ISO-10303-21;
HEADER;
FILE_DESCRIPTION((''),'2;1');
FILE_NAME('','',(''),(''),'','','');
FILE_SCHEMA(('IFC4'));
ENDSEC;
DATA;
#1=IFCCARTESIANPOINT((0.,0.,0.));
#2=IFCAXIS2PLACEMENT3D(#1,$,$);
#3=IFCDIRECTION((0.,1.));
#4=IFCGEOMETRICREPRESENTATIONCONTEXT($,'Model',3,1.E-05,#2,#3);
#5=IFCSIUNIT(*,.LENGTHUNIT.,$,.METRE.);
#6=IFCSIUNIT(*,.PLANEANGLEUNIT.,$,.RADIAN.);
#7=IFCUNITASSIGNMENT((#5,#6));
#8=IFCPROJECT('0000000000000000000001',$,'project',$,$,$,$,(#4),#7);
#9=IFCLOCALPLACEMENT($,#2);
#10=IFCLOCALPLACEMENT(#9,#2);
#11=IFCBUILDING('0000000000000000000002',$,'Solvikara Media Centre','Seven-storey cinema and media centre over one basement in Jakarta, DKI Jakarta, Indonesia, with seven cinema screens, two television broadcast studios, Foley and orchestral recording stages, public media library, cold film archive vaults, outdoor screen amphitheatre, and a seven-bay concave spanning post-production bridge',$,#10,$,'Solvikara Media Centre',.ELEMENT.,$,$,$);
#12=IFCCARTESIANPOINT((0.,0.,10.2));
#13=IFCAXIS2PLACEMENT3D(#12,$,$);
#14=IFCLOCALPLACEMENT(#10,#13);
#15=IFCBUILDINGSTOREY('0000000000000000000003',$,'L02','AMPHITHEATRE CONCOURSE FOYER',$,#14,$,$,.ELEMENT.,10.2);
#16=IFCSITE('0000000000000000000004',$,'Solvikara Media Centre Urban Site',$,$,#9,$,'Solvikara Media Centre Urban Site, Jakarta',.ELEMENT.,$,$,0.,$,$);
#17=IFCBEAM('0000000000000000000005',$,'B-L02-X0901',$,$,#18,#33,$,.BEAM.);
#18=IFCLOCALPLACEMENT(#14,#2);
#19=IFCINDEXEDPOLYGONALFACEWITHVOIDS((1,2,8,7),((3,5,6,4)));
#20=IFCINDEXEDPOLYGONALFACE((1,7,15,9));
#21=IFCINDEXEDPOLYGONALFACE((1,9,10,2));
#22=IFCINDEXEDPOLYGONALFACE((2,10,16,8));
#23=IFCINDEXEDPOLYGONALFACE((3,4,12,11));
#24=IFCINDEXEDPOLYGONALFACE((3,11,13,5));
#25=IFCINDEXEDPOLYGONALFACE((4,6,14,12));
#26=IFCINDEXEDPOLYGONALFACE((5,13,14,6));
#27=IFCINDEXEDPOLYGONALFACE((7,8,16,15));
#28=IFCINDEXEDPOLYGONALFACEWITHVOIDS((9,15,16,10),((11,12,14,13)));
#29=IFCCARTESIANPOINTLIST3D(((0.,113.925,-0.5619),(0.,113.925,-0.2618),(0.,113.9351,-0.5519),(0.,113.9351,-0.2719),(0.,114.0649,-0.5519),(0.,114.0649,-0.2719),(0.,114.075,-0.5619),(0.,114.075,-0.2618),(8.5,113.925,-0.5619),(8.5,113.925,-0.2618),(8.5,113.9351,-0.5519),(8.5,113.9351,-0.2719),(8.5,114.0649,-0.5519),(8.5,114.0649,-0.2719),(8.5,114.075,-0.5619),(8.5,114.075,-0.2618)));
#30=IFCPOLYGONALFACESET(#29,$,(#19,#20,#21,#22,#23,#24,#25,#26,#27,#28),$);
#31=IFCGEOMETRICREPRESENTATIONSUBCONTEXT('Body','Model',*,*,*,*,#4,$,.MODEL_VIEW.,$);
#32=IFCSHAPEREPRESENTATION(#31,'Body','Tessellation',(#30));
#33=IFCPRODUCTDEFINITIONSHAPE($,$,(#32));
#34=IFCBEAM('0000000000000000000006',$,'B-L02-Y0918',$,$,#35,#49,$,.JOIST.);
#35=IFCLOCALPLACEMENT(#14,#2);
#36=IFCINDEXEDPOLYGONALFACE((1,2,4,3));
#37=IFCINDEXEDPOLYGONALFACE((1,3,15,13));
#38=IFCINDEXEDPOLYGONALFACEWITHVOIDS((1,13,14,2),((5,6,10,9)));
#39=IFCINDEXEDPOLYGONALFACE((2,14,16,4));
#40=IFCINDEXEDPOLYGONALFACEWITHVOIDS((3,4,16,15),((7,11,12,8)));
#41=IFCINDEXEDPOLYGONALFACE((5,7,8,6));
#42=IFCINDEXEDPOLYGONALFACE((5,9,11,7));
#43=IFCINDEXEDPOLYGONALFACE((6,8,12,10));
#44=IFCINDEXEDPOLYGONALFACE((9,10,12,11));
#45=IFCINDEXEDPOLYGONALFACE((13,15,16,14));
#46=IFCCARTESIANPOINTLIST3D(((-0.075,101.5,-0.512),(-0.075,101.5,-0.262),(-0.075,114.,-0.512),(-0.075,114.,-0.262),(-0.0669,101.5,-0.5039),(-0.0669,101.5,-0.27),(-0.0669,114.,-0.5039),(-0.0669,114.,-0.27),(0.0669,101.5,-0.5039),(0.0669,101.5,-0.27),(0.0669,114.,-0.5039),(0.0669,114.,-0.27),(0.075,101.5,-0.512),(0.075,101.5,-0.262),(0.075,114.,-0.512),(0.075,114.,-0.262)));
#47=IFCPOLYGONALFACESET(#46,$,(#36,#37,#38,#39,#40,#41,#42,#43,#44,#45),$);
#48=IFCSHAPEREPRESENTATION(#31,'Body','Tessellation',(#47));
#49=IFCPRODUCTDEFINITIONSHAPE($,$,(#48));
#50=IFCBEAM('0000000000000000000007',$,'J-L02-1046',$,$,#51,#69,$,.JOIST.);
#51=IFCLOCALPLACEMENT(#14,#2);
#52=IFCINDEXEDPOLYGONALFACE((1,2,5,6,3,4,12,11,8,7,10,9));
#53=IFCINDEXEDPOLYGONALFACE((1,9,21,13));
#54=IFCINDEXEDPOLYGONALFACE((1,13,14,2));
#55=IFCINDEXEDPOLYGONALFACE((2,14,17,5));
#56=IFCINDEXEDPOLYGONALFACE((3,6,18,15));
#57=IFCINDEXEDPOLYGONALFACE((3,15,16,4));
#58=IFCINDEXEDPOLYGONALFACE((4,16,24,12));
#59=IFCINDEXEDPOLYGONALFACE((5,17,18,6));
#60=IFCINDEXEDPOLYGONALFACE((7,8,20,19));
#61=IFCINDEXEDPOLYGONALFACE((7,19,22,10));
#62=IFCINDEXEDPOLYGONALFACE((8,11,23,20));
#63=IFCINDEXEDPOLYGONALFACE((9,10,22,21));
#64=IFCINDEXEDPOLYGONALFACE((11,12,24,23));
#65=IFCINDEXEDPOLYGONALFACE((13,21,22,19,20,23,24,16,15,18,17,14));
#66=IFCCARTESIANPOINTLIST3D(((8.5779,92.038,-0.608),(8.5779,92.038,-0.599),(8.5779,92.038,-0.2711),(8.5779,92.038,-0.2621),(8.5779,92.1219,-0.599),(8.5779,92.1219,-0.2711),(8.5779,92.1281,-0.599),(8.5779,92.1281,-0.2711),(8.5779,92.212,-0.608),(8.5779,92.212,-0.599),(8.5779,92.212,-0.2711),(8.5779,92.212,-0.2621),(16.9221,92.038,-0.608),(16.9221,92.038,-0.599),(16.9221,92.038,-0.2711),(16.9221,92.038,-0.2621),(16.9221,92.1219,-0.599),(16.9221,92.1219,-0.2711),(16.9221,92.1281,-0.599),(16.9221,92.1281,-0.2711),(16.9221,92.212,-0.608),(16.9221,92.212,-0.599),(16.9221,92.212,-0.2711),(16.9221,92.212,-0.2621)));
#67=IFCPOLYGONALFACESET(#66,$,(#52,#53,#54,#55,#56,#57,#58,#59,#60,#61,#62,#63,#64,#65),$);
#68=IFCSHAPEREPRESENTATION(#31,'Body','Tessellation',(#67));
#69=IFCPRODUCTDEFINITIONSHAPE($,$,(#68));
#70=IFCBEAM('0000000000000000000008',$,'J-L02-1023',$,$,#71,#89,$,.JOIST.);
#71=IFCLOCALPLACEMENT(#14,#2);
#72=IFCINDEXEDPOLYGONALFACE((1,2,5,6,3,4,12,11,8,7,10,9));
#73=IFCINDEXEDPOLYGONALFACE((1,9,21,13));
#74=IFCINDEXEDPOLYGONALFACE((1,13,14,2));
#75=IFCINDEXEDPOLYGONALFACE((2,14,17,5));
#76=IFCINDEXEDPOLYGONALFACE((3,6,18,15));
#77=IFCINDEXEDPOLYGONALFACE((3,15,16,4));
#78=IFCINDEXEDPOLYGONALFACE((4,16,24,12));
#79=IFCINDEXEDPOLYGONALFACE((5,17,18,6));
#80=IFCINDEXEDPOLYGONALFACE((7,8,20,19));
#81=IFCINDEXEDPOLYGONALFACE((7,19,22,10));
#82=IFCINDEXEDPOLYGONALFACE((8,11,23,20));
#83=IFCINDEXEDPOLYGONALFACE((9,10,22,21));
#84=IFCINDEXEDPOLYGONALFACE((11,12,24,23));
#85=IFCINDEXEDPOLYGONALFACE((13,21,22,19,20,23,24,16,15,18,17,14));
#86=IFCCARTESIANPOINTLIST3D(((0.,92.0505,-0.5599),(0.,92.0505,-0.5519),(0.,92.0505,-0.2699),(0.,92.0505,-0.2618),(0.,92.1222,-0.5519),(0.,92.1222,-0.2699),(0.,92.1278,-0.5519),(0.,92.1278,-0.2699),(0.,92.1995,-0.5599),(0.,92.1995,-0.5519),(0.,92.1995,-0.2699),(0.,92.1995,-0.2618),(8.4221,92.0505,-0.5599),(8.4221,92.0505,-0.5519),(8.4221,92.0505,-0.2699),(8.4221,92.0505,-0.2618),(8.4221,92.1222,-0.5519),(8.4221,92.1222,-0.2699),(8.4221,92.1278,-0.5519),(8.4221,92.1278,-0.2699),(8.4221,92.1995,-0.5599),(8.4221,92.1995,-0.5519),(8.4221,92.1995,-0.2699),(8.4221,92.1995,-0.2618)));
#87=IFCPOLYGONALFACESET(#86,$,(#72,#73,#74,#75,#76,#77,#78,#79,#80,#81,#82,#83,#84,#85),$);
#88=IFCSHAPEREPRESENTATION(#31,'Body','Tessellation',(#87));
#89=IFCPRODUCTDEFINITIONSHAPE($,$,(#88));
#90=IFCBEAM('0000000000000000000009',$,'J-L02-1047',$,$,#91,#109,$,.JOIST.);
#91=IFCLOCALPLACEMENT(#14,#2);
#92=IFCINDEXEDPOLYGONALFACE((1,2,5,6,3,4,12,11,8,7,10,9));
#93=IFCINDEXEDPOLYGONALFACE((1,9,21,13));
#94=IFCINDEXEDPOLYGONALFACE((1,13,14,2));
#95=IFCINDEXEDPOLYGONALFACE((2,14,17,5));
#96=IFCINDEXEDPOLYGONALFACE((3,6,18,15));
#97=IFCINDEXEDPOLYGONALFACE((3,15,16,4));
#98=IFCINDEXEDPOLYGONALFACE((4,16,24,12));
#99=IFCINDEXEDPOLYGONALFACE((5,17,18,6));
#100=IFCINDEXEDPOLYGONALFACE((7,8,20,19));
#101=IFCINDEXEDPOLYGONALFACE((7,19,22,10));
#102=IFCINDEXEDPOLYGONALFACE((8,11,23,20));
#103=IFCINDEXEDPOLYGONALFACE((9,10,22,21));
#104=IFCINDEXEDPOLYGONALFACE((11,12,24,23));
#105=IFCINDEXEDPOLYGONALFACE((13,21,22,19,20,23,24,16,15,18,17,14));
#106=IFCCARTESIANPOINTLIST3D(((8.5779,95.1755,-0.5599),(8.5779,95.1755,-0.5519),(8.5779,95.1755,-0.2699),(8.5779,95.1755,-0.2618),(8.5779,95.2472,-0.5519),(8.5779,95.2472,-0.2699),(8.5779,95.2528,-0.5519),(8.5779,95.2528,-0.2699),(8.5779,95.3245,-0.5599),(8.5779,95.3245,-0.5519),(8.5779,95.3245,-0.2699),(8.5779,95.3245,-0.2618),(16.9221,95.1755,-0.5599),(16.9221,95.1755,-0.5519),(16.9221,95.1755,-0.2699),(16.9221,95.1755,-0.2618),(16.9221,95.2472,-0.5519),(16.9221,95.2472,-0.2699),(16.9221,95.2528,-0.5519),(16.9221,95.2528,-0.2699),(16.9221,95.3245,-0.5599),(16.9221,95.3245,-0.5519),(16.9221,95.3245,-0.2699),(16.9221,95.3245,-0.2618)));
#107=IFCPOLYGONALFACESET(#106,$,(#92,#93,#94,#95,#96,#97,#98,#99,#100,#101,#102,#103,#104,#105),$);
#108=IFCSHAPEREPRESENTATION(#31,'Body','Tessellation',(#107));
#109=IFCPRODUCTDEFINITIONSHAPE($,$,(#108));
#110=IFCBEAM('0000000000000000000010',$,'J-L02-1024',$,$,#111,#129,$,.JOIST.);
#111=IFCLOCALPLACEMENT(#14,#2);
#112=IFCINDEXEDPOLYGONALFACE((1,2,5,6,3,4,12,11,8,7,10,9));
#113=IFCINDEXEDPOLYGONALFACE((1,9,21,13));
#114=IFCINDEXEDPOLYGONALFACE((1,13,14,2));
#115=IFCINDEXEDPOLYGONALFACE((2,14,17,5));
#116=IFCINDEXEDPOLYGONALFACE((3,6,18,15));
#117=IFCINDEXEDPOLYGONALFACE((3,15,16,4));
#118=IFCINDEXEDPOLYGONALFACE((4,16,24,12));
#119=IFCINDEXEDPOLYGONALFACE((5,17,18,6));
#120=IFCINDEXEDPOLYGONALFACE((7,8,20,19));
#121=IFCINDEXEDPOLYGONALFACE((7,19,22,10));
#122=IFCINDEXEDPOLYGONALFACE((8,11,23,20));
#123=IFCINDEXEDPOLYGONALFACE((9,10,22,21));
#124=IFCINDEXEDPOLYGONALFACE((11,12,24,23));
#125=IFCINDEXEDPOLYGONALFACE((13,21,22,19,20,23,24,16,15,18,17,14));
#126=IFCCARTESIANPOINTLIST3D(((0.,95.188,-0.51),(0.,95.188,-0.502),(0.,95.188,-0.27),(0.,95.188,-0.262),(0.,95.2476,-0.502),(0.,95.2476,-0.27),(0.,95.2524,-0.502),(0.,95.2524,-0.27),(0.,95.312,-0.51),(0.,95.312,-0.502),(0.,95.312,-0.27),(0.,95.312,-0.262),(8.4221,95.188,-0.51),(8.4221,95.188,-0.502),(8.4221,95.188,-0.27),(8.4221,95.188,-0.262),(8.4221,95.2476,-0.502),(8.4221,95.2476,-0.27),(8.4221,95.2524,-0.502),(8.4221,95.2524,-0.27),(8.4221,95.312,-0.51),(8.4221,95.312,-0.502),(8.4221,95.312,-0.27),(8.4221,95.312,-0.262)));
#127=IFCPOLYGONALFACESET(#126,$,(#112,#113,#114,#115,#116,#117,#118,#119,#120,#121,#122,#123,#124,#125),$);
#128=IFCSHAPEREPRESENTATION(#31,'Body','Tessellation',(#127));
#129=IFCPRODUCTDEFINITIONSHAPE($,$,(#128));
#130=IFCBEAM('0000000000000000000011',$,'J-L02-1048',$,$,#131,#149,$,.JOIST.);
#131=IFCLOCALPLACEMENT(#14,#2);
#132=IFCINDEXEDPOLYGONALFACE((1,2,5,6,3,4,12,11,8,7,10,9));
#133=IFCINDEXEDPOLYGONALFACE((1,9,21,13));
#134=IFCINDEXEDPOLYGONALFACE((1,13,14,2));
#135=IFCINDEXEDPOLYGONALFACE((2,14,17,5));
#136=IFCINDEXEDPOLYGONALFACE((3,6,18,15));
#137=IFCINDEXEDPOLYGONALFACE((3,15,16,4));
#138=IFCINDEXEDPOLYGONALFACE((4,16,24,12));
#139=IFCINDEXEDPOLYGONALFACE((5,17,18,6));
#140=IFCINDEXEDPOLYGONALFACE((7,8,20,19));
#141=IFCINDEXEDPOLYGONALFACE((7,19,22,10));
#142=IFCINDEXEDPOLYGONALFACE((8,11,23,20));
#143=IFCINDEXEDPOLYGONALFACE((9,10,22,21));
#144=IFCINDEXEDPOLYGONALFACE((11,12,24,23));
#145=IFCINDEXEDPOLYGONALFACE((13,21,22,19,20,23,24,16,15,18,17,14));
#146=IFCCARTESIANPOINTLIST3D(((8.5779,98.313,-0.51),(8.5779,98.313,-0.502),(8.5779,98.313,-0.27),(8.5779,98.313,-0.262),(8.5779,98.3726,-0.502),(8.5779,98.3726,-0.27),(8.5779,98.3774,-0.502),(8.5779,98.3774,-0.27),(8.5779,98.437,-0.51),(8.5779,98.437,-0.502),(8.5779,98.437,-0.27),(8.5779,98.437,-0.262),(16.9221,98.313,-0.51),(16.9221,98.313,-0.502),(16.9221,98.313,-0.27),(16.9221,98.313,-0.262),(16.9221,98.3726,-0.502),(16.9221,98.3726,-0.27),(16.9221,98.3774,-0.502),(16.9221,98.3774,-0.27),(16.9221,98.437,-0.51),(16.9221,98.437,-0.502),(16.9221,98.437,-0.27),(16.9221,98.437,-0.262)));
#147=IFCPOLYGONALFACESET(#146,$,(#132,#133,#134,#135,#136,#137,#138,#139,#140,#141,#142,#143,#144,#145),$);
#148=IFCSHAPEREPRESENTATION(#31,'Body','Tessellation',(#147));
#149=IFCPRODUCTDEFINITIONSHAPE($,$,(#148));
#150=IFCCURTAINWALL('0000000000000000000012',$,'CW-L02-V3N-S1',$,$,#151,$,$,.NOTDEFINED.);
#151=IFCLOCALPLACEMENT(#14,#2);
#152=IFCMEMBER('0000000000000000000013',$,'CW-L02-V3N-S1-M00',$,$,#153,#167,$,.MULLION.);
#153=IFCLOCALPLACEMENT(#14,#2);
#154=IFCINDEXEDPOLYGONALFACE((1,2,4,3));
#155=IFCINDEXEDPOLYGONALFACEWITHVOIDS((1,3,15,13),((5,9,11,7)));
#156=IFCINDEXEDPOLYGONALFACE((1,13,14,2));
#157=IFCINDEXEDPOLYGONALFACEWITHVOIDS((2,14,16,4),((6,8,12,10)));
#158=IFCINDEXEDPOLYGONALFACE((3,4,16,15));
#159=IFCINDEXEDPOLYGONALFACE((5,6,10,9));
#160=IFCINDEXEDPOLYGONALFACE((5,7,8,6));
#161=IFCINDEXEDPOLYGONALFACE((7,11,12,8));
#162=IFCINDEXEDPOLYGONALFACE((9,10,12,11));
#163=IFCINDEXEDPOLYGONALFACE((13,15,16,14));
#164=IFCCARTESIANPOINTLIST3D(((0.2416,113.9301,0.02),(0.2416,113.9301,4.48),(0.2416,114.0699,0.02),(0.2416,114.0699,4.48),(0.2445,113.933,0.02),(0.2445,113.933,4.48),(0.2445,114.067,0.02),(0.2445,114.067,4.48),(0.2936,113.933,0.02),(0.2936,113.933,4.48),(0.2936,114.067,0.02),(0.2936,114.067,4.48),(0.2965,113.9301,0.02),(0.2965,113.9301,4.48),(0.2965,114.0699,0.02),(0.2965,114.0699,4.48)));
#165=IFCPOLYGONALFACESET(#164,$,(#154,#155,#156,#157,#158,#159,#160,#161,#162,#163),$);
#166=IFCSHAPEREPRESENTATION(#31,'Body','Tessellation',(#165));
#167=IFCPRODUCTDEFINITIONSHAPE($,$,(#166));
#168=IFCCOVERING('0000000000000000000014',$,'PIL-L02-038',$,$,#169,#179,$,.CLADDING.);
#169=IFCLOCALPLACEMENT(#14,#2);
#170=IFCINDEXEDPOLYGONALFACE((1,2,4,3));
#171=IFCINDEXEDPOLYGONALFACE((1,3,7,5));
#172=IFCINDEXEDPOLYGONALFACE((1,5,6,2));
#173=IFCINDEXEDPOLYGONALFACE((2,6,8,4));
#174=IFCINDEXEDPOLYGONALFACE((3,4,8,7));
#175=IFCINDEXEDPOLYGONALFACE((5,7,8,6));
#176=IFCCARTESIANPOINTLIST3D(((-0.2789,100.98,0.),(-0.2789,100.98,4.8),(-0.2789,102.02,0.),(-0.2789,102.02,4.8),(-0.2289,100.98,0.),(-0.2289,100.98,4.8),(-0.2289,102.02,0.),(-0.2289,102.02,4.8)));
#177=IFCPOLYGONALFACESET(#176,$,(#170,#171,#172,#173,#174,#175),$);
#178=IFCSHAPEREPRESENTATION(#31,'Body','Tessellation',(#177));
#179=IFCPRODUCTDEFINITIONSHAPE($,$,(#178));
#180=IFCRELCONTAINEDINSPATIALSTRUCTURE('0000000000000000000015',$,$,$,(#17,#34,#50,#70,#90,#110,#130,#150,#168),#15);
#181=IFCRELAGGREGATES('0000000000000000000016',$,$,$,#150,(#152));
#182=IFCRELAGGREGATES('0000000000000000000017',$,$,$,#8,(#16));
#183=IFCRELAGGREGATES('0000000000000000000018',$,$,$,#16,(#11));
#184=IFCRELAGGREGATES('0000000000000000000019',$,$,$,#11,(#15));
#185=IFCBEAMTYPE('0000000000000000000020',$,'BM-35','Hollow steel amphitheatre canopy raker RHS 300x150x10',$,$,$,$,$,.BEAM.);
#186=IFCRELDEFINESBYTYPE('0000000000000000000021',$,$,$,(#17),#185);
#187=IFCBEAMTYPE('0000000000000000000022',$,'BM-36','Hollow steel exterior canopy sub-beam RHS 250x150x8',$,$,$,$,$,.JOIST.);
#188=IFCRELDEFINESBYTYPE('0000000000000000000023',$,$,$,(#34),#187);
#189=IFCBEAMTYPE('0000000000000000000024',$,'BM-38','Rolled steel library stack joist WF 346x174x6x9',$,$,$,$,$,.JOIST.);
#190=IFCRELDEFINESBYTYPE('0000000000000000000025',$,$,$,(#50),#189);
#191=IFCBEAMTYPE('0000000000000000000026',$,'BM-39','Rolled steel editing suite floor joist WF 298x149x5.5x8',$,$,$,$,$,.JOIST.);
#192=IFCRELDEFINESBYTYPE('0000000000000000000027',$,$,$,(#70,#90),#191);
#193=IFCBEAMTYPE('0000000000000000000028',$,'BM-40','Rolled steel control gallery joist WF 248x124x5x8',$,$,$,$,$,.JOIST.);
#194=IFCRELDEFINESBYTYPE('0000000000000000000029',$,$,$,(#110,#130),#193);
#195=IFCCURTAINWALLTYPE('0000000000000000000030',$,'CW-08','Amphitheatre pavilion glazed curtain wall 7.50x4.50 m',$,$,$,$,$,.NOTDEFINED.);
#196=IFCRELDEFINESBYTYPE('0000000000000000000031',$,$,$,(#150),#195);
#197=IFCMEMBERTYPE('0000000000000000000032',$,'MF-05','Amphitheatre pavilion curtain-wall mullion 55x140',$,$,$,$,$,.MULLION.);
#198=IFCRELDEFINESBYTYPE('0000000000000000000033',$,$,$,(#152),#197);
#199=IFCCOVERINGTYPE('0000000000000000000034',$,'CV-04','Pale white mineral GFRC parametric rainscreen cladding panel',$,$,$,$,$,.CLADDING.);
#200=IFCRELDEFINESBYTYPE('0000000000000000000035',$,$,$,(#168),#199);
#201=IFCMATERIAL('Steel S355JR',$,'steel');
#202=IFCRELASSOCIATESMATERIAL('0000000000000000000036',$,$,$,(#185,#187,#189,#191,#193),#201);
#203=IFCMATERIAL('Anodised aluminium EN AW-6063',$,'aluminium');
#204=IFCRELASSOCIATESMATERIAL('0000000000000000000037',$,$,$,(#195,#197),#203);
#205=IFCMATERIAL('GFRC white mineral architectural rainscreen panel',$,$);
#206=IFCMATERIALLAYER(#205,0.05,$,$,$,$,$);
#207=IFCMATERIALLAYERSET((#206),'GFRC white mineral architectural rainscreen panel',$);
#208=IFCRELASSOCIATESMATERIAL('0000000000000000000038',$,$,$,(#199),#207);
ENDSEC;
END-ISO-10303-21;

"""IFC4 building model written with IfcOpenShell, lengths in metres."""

from ifc_helpers import new_model, si_unit, direction, frame, origin, origin_2d, place, context, subcontext, project, spatial, rectangle, hollow_rectangle, i_section, extrude, material, layer, layer_set, material_profile, profile_set, type_object, element, aggregate, save


model = new_model("IFC4")

# Units and contexts
model_context = context("Model", 3, precision=1e-05, world=origin(), true_north=direction((0.0, 1.0)))
body_context = subcontext(model_context, "Body", "Model", "MODEL_VIEW")
ifc_project = project(units=[si_unit("LENGTHUNIT", "METRE"), si_unit("PLANEANGLEUNIT", "RADIAN")], contexts=[model_context])

# Site, building, storey
site_placement = place(None, origin())
site = spatial("IfcSite", under=ifc_project, at=site_placement, Name="Solvikara Media Centre Urban Site", LongName="Solvikara Media Centre Urban Site, Jakarta", CompositionType="ELEMENT", RefElevation=0.0)
building_placement = place(site_placement, origin())
building = spatial("IfcBuilding", under=site, at=building_placement, Name="Solvikara Media Centre", Description="Seven-storey cinema and media centre over one basement in Jakarta, DKI Jakarta, Indonesia, with seven cinema screens, two television broadcast studios, Foley and orchestral recording stages, public media library, cold film archive vaults, outdoor screen amphitheatre, and a seven-bay concave spanning post-production bridge", LongName="Solvikara Media Centre", CompositionType="ELEMENT")
storey_placement = place(building_placement, frame((0.0, 0.0, 10.2)))
storey = spatial("IfcBuildingStorey", under=building, at=storey_placement, Name="L02", Description="AMPHITHEATRE CONCOURSE FOYER", CompositionType="ELEMENT", Elevation=10.2)

# Shared definitions
ifc_material_1 = material(Name="Steel S355JR", Category="steel")

# Beams
ifc_material_profile_1 = material_profile(ifc_material_1, hollow_rectangle(XDim=0.1499, YDim=0.3, WallThickness=0.01, at=origin_2d()), Name="RHS 300x150x10")
ifc_profile_set_1 = profile_set([ifc_material_profile_1], Name="Steel S355JR")
beam_type_1 = type_object("IfcBeamType", Name="BM-35", Description="Hollow steel amphitheatre canopy raker RHS 300x150x10", PredefinedType="BEAM", material=ifc_profile_set_1)
beam_1_placement = place(storey_placement, frame((0.0, 114.0, -0.4119), z_axis=(1.0, 0.0, 0.0), x_axis=(0.0, 1.0, 0.0)))
element("IfcBeam", 1, at=beam_1_placement, inside=storey, type_object=beam_type_1, Name="B-L02-X0901", PredefinedType="BEAM", context=body_context, shape_type="SweptSolid", body=[
    extrude(hollow_rectangle(XDim=0.1499, YDim=0.3, WallThickness=0.01, at=origin_2d()), origin(), (0.0, 0.0, 1.0), 8.5),
])
ifc_material_profile_2 = material_profile(ifc_material_1, hollow_rectangle(XDim=0.1499, YDim=0.25, WallThickness=0.0081, at=origin_2d()), Name="RHS 250x150x8")
ifc_profile_set_2 = profile_set([ifc_material_profile_2], Name="Steel S355JR")
beam_type_2 = type_object("IfcBeamType", Name="BM-36", Description="Hollow steel exterior canopy sub-beam RHS 250x150x8", PredefinedType="JOIST", material=ifc_profile_set_2)
beam_2_placement = place(storey_placement, frame((0.0, 101.5, -0.387), z_axis=(0.0, 1.0, 0.0), x_axis=(-1.0, 0.0, 0.0)))
element("IfcBeam", 2, at=beam_2_placement, inside=storey, type_object=beam_type_2, Name="B-L02-Y0918", PredefinedType="JOIST", context=body_context, shape_type="SweptSolid", body=[
    extrude(hollow_rectangle(XDim=0.1499, YDim=0.25, WallThickness=0.0081, at=origin_2d()), origin(), (0.0, 0.0, 1.0), 12.5),
])
ifc_material_profile_3 = material_profile(ifc_material_1, i_section(OverallWidth=0.1741, OverallDepth=0.3459, WebThickness=0.0061, FlangeThickness=0.009, at=origin_2d()), Name="WF 346x174x6x9")
ifc_profile_set_3 = profile_set([ifc_material_profile_3], Name="Steel S355JR")
beam_type_3 = type_object("IfcBeamType", Name="BM-38", Description="Rolled steel library stack joist WF 346x174x6x9", PredefinedType="JOIST", material=ifc_profile_set_3)
beam_3_placement = place(storey_placement, frame((8.5779, 92.125, -0.4351), z_axis=(1.0, 0.0, 0.0), x_axis=(0.0, 1.0, 0.0)))
element("IfcBeam", 3, at=beam_3_placement, inside=storey, type_object=beam_type_3, Name="J-L02-1046", PredefinedType="JOIST", context=body_context, shape_type="SweptSolid", body=[
    extrude(i_section(OverallWidth=0.1741, OverallDepth=0.3459, WebThickness=0.0061, FlangeThickness=0.009, at=origin_2d()), origin(), (0.0, 0.0, 1.0), 8.3442),
])
ifc_material_profile_4 = material_profile(ifc_material_1, i_section(OverallWidth=0.1489, OverallDepth=0.2981, WebThickness=0.0056, FlangeThickness=0.0081, at=origin_2d()), Name="WF 298x149x5.5x8")
ifc_profile_set_4 = profile_set([ifc_material_profile_4], Name="Steel S355JR")
beam_type_4 = type_object("IfcBeamType", Name="BM-39", Description="Rolled steel editing suite floor joist WF 298x149x5.5x8", PredefinedType="JOIST", material=ifc_profile_set_4)
beam_4_placement = place(storey_placement, frame((0.0, 92.125, -0.4109), z_axis=(1.0, 0.0, 0.0), x_axis=(0.0, 1.0, 0.0)))
element("IfcBeam", 4, at=beam_4_placement, inside=storey, type_object=beam_type_4, Name="J-L02-1023", PredefinedType="JOIST", context=body_context, shape_type="SweptSolid", body=[
    extrude(i_section(OverallWidth=0.1489, OverallDepth=0.2981, WebThickness=0.0056, FlangeThickness=0.0081, at=origin_2d()), origin(), (0.0, 0.0, 1.0), 8.4221),
])
beam_5_placement = place(storey_placement, frame((8.5779, 95.25, -0.4109), z_axis=(1.0, 0.0, 0.0), x_axis=(0.0, 1.0, 0.0)))
element("IfcBeam", 5, at=beam_5_placement, inside=storey, type_object=beam_type_4, Name="J-L02-1047", PredefinedType="JOIST", context=body_context, shape_type="SweptSolid", body=[
    extrude(i_section(OverallWidth=0.1489, OverallDepth=0.2981, WebThickness=0.0056, FlangeThickness=0.0081, at=origin_2d()), origin(), (0.0, 0.0, 1.0), 8.3442),
])
ifc_material_profile_5 = material_profile(ifc_material_1, i_section(OverallWidth=0.124, OverallDepth=0.248, WebThickness=0.0049, FlangeThickness=0.0081, at=origin_2d()), Name="WF 248x124x5x8")
ifc_profile_set_5 = profile_set([ifc_material_profile_5], Name="Steel S355JR")
beam_type_5 = type_object("IfcBeamType", Name="BM-40", Description="Rolled steel control gallery joist WF 248x124x5x8", PredefinedType="JOIST", material=ifc_profile_set_5)
beam_6_placement = place(storey_placement, frame((0.0, 95.25, -0.386), z_axis=(1.0, 0.0, 0.0), x_axis=(0.0, 1.0, 0.0)))
element("IfcBeam", 6, at=beam_6_placement, inside=storey, type_object=beam_type_5, Name="J-L02-1024", PredefinedType="JOIST", context=body_context, shape_type="SweptSolid", body=[
    extrude(i_section(OverallWidth=0.124, OverallDepth=0.248, WebThickness=0.0049, FlangeThickness=0.0081, at=origin_2d()), origin(), (0.0, 0.0, 1.0), 8.4221),
])
beam_7_placement = place(storey_placement, frame((8.5779, 98.375, -0.386), z_axis=(1.0, 0.0, 0.0), x_axis=(0.0, 1.0, 0.0)))
element("IfcBeam", 7, at=beam_7_placement, inside=storey, type_object=beam_type_5, Name="J-L02-1048", PredefinedType="JOIST", context=body_context, shape_type="SweptSolid", body=[
    extrude(i_section(OverallWidth=0.124, OverallDepth=0.248, WebThickness=0.0049, FlangeThickness=0.0081, at=origin_2d()), origin(), (0.0, 0.0, 1.0), 8.3442),
])

# Curtain wall, member
ifc_material_2 = material(Name="Anodised aluminium EN AW-6063", Category="aluminium")
curtain_wall_type = type_object("IfcCurtainWallType", Name="CW-08", Description="Amphitheatre pavilion glazed curtain wall 7.50x4.50 m", PredefinedType="NOTDEFINED", material=ifc_material_2)
curtain_wall_placement = place(storey_placement, origin())
curtain_wall = element("IfcCurtainWall", 8, at=curtain_wall_placement, inside=storey, type_object=curtain_wall_type, Name="CW-L02-V3N-S1", PredefinedType="NOTDEFINED")
ifc_material_profile_6 = material_profile(ifc_material_2, hollow_rectangle(XDim=0.0549, YDim=0.1399, WallThickness=0.0029, at=origin_2d()), Name="ALU-M 55x140x3")
ifc_profile_set_6 = profile_set([ifc_material_profile_6], Name="Anodised aluminium EN AW-6063")
member_type = type_object("IfcMemberType", Name="MF-05", Description="Amphitheatre pavilion curtain-wall mullion 55x140", PredefinedType="MULLION", material=ifc_profile_set_6)
member_placement = place(storey_placement, frame((0.269, 114.0, 0.02), z_axis=(0.0, 0.0, 1.0), x_axis=(1.0, 0.0, 0.0)))
member = element("IfcMember", 9, at=member_placement, type_object=member_type, Name="CW-L02-V3N-S1-M00", PredefinedType="MULLION", context=body_context, shape_type="SweptSolid", body=[
    extrude(hollow_rectangle(XDim=0.0549, YDim=0.1399, WallThickness=0.0029, at=origin_2d()), origin(), (0.0, 0.0, 1.0), 4.46),
])
aggregate(curtain_wall, [member])

# Covering
ifc_material_3 = material(Name="GFRC white mineral architectural rainscreen panel")
ifc_layer = layer(ifc_material_3, 0.05)
ifc_layer_set = layer_set([ifc_layer], Name="GFRC white mineral architectural rainscreen panel")
covering_type = type_object("IfcCoveringType", Name="CV-04", Description="Pale white mineral GFRC parametric rainscreen cladding panel", PredefinedType="CLADDING", material=ifc_layer_set)
for number, where, z_axis, x_axis, name in (
    (10, (-0.2539, 101.5, 0.0), (0.0, 0.0, 1.0), (0.0, -1.0, 0.0), "PIL-L02-038"),
):
    element("IfcCovering", number, at=place(storey_placement, frame(where, z_axis=z_axis, x_axis=x_axis)), inside=storey, type_object=covering_type, Name=name, PredefinedType="CLADDING", context=body_context, shape_type="SweptSolid", body=[
        extrude(rectangle(XDim=1.04, YDim=0.05, at=origin_2d()), origin(), (0.0, 0.0, 1.0), 4.8),
    ])

save(model, "model.ifc")
